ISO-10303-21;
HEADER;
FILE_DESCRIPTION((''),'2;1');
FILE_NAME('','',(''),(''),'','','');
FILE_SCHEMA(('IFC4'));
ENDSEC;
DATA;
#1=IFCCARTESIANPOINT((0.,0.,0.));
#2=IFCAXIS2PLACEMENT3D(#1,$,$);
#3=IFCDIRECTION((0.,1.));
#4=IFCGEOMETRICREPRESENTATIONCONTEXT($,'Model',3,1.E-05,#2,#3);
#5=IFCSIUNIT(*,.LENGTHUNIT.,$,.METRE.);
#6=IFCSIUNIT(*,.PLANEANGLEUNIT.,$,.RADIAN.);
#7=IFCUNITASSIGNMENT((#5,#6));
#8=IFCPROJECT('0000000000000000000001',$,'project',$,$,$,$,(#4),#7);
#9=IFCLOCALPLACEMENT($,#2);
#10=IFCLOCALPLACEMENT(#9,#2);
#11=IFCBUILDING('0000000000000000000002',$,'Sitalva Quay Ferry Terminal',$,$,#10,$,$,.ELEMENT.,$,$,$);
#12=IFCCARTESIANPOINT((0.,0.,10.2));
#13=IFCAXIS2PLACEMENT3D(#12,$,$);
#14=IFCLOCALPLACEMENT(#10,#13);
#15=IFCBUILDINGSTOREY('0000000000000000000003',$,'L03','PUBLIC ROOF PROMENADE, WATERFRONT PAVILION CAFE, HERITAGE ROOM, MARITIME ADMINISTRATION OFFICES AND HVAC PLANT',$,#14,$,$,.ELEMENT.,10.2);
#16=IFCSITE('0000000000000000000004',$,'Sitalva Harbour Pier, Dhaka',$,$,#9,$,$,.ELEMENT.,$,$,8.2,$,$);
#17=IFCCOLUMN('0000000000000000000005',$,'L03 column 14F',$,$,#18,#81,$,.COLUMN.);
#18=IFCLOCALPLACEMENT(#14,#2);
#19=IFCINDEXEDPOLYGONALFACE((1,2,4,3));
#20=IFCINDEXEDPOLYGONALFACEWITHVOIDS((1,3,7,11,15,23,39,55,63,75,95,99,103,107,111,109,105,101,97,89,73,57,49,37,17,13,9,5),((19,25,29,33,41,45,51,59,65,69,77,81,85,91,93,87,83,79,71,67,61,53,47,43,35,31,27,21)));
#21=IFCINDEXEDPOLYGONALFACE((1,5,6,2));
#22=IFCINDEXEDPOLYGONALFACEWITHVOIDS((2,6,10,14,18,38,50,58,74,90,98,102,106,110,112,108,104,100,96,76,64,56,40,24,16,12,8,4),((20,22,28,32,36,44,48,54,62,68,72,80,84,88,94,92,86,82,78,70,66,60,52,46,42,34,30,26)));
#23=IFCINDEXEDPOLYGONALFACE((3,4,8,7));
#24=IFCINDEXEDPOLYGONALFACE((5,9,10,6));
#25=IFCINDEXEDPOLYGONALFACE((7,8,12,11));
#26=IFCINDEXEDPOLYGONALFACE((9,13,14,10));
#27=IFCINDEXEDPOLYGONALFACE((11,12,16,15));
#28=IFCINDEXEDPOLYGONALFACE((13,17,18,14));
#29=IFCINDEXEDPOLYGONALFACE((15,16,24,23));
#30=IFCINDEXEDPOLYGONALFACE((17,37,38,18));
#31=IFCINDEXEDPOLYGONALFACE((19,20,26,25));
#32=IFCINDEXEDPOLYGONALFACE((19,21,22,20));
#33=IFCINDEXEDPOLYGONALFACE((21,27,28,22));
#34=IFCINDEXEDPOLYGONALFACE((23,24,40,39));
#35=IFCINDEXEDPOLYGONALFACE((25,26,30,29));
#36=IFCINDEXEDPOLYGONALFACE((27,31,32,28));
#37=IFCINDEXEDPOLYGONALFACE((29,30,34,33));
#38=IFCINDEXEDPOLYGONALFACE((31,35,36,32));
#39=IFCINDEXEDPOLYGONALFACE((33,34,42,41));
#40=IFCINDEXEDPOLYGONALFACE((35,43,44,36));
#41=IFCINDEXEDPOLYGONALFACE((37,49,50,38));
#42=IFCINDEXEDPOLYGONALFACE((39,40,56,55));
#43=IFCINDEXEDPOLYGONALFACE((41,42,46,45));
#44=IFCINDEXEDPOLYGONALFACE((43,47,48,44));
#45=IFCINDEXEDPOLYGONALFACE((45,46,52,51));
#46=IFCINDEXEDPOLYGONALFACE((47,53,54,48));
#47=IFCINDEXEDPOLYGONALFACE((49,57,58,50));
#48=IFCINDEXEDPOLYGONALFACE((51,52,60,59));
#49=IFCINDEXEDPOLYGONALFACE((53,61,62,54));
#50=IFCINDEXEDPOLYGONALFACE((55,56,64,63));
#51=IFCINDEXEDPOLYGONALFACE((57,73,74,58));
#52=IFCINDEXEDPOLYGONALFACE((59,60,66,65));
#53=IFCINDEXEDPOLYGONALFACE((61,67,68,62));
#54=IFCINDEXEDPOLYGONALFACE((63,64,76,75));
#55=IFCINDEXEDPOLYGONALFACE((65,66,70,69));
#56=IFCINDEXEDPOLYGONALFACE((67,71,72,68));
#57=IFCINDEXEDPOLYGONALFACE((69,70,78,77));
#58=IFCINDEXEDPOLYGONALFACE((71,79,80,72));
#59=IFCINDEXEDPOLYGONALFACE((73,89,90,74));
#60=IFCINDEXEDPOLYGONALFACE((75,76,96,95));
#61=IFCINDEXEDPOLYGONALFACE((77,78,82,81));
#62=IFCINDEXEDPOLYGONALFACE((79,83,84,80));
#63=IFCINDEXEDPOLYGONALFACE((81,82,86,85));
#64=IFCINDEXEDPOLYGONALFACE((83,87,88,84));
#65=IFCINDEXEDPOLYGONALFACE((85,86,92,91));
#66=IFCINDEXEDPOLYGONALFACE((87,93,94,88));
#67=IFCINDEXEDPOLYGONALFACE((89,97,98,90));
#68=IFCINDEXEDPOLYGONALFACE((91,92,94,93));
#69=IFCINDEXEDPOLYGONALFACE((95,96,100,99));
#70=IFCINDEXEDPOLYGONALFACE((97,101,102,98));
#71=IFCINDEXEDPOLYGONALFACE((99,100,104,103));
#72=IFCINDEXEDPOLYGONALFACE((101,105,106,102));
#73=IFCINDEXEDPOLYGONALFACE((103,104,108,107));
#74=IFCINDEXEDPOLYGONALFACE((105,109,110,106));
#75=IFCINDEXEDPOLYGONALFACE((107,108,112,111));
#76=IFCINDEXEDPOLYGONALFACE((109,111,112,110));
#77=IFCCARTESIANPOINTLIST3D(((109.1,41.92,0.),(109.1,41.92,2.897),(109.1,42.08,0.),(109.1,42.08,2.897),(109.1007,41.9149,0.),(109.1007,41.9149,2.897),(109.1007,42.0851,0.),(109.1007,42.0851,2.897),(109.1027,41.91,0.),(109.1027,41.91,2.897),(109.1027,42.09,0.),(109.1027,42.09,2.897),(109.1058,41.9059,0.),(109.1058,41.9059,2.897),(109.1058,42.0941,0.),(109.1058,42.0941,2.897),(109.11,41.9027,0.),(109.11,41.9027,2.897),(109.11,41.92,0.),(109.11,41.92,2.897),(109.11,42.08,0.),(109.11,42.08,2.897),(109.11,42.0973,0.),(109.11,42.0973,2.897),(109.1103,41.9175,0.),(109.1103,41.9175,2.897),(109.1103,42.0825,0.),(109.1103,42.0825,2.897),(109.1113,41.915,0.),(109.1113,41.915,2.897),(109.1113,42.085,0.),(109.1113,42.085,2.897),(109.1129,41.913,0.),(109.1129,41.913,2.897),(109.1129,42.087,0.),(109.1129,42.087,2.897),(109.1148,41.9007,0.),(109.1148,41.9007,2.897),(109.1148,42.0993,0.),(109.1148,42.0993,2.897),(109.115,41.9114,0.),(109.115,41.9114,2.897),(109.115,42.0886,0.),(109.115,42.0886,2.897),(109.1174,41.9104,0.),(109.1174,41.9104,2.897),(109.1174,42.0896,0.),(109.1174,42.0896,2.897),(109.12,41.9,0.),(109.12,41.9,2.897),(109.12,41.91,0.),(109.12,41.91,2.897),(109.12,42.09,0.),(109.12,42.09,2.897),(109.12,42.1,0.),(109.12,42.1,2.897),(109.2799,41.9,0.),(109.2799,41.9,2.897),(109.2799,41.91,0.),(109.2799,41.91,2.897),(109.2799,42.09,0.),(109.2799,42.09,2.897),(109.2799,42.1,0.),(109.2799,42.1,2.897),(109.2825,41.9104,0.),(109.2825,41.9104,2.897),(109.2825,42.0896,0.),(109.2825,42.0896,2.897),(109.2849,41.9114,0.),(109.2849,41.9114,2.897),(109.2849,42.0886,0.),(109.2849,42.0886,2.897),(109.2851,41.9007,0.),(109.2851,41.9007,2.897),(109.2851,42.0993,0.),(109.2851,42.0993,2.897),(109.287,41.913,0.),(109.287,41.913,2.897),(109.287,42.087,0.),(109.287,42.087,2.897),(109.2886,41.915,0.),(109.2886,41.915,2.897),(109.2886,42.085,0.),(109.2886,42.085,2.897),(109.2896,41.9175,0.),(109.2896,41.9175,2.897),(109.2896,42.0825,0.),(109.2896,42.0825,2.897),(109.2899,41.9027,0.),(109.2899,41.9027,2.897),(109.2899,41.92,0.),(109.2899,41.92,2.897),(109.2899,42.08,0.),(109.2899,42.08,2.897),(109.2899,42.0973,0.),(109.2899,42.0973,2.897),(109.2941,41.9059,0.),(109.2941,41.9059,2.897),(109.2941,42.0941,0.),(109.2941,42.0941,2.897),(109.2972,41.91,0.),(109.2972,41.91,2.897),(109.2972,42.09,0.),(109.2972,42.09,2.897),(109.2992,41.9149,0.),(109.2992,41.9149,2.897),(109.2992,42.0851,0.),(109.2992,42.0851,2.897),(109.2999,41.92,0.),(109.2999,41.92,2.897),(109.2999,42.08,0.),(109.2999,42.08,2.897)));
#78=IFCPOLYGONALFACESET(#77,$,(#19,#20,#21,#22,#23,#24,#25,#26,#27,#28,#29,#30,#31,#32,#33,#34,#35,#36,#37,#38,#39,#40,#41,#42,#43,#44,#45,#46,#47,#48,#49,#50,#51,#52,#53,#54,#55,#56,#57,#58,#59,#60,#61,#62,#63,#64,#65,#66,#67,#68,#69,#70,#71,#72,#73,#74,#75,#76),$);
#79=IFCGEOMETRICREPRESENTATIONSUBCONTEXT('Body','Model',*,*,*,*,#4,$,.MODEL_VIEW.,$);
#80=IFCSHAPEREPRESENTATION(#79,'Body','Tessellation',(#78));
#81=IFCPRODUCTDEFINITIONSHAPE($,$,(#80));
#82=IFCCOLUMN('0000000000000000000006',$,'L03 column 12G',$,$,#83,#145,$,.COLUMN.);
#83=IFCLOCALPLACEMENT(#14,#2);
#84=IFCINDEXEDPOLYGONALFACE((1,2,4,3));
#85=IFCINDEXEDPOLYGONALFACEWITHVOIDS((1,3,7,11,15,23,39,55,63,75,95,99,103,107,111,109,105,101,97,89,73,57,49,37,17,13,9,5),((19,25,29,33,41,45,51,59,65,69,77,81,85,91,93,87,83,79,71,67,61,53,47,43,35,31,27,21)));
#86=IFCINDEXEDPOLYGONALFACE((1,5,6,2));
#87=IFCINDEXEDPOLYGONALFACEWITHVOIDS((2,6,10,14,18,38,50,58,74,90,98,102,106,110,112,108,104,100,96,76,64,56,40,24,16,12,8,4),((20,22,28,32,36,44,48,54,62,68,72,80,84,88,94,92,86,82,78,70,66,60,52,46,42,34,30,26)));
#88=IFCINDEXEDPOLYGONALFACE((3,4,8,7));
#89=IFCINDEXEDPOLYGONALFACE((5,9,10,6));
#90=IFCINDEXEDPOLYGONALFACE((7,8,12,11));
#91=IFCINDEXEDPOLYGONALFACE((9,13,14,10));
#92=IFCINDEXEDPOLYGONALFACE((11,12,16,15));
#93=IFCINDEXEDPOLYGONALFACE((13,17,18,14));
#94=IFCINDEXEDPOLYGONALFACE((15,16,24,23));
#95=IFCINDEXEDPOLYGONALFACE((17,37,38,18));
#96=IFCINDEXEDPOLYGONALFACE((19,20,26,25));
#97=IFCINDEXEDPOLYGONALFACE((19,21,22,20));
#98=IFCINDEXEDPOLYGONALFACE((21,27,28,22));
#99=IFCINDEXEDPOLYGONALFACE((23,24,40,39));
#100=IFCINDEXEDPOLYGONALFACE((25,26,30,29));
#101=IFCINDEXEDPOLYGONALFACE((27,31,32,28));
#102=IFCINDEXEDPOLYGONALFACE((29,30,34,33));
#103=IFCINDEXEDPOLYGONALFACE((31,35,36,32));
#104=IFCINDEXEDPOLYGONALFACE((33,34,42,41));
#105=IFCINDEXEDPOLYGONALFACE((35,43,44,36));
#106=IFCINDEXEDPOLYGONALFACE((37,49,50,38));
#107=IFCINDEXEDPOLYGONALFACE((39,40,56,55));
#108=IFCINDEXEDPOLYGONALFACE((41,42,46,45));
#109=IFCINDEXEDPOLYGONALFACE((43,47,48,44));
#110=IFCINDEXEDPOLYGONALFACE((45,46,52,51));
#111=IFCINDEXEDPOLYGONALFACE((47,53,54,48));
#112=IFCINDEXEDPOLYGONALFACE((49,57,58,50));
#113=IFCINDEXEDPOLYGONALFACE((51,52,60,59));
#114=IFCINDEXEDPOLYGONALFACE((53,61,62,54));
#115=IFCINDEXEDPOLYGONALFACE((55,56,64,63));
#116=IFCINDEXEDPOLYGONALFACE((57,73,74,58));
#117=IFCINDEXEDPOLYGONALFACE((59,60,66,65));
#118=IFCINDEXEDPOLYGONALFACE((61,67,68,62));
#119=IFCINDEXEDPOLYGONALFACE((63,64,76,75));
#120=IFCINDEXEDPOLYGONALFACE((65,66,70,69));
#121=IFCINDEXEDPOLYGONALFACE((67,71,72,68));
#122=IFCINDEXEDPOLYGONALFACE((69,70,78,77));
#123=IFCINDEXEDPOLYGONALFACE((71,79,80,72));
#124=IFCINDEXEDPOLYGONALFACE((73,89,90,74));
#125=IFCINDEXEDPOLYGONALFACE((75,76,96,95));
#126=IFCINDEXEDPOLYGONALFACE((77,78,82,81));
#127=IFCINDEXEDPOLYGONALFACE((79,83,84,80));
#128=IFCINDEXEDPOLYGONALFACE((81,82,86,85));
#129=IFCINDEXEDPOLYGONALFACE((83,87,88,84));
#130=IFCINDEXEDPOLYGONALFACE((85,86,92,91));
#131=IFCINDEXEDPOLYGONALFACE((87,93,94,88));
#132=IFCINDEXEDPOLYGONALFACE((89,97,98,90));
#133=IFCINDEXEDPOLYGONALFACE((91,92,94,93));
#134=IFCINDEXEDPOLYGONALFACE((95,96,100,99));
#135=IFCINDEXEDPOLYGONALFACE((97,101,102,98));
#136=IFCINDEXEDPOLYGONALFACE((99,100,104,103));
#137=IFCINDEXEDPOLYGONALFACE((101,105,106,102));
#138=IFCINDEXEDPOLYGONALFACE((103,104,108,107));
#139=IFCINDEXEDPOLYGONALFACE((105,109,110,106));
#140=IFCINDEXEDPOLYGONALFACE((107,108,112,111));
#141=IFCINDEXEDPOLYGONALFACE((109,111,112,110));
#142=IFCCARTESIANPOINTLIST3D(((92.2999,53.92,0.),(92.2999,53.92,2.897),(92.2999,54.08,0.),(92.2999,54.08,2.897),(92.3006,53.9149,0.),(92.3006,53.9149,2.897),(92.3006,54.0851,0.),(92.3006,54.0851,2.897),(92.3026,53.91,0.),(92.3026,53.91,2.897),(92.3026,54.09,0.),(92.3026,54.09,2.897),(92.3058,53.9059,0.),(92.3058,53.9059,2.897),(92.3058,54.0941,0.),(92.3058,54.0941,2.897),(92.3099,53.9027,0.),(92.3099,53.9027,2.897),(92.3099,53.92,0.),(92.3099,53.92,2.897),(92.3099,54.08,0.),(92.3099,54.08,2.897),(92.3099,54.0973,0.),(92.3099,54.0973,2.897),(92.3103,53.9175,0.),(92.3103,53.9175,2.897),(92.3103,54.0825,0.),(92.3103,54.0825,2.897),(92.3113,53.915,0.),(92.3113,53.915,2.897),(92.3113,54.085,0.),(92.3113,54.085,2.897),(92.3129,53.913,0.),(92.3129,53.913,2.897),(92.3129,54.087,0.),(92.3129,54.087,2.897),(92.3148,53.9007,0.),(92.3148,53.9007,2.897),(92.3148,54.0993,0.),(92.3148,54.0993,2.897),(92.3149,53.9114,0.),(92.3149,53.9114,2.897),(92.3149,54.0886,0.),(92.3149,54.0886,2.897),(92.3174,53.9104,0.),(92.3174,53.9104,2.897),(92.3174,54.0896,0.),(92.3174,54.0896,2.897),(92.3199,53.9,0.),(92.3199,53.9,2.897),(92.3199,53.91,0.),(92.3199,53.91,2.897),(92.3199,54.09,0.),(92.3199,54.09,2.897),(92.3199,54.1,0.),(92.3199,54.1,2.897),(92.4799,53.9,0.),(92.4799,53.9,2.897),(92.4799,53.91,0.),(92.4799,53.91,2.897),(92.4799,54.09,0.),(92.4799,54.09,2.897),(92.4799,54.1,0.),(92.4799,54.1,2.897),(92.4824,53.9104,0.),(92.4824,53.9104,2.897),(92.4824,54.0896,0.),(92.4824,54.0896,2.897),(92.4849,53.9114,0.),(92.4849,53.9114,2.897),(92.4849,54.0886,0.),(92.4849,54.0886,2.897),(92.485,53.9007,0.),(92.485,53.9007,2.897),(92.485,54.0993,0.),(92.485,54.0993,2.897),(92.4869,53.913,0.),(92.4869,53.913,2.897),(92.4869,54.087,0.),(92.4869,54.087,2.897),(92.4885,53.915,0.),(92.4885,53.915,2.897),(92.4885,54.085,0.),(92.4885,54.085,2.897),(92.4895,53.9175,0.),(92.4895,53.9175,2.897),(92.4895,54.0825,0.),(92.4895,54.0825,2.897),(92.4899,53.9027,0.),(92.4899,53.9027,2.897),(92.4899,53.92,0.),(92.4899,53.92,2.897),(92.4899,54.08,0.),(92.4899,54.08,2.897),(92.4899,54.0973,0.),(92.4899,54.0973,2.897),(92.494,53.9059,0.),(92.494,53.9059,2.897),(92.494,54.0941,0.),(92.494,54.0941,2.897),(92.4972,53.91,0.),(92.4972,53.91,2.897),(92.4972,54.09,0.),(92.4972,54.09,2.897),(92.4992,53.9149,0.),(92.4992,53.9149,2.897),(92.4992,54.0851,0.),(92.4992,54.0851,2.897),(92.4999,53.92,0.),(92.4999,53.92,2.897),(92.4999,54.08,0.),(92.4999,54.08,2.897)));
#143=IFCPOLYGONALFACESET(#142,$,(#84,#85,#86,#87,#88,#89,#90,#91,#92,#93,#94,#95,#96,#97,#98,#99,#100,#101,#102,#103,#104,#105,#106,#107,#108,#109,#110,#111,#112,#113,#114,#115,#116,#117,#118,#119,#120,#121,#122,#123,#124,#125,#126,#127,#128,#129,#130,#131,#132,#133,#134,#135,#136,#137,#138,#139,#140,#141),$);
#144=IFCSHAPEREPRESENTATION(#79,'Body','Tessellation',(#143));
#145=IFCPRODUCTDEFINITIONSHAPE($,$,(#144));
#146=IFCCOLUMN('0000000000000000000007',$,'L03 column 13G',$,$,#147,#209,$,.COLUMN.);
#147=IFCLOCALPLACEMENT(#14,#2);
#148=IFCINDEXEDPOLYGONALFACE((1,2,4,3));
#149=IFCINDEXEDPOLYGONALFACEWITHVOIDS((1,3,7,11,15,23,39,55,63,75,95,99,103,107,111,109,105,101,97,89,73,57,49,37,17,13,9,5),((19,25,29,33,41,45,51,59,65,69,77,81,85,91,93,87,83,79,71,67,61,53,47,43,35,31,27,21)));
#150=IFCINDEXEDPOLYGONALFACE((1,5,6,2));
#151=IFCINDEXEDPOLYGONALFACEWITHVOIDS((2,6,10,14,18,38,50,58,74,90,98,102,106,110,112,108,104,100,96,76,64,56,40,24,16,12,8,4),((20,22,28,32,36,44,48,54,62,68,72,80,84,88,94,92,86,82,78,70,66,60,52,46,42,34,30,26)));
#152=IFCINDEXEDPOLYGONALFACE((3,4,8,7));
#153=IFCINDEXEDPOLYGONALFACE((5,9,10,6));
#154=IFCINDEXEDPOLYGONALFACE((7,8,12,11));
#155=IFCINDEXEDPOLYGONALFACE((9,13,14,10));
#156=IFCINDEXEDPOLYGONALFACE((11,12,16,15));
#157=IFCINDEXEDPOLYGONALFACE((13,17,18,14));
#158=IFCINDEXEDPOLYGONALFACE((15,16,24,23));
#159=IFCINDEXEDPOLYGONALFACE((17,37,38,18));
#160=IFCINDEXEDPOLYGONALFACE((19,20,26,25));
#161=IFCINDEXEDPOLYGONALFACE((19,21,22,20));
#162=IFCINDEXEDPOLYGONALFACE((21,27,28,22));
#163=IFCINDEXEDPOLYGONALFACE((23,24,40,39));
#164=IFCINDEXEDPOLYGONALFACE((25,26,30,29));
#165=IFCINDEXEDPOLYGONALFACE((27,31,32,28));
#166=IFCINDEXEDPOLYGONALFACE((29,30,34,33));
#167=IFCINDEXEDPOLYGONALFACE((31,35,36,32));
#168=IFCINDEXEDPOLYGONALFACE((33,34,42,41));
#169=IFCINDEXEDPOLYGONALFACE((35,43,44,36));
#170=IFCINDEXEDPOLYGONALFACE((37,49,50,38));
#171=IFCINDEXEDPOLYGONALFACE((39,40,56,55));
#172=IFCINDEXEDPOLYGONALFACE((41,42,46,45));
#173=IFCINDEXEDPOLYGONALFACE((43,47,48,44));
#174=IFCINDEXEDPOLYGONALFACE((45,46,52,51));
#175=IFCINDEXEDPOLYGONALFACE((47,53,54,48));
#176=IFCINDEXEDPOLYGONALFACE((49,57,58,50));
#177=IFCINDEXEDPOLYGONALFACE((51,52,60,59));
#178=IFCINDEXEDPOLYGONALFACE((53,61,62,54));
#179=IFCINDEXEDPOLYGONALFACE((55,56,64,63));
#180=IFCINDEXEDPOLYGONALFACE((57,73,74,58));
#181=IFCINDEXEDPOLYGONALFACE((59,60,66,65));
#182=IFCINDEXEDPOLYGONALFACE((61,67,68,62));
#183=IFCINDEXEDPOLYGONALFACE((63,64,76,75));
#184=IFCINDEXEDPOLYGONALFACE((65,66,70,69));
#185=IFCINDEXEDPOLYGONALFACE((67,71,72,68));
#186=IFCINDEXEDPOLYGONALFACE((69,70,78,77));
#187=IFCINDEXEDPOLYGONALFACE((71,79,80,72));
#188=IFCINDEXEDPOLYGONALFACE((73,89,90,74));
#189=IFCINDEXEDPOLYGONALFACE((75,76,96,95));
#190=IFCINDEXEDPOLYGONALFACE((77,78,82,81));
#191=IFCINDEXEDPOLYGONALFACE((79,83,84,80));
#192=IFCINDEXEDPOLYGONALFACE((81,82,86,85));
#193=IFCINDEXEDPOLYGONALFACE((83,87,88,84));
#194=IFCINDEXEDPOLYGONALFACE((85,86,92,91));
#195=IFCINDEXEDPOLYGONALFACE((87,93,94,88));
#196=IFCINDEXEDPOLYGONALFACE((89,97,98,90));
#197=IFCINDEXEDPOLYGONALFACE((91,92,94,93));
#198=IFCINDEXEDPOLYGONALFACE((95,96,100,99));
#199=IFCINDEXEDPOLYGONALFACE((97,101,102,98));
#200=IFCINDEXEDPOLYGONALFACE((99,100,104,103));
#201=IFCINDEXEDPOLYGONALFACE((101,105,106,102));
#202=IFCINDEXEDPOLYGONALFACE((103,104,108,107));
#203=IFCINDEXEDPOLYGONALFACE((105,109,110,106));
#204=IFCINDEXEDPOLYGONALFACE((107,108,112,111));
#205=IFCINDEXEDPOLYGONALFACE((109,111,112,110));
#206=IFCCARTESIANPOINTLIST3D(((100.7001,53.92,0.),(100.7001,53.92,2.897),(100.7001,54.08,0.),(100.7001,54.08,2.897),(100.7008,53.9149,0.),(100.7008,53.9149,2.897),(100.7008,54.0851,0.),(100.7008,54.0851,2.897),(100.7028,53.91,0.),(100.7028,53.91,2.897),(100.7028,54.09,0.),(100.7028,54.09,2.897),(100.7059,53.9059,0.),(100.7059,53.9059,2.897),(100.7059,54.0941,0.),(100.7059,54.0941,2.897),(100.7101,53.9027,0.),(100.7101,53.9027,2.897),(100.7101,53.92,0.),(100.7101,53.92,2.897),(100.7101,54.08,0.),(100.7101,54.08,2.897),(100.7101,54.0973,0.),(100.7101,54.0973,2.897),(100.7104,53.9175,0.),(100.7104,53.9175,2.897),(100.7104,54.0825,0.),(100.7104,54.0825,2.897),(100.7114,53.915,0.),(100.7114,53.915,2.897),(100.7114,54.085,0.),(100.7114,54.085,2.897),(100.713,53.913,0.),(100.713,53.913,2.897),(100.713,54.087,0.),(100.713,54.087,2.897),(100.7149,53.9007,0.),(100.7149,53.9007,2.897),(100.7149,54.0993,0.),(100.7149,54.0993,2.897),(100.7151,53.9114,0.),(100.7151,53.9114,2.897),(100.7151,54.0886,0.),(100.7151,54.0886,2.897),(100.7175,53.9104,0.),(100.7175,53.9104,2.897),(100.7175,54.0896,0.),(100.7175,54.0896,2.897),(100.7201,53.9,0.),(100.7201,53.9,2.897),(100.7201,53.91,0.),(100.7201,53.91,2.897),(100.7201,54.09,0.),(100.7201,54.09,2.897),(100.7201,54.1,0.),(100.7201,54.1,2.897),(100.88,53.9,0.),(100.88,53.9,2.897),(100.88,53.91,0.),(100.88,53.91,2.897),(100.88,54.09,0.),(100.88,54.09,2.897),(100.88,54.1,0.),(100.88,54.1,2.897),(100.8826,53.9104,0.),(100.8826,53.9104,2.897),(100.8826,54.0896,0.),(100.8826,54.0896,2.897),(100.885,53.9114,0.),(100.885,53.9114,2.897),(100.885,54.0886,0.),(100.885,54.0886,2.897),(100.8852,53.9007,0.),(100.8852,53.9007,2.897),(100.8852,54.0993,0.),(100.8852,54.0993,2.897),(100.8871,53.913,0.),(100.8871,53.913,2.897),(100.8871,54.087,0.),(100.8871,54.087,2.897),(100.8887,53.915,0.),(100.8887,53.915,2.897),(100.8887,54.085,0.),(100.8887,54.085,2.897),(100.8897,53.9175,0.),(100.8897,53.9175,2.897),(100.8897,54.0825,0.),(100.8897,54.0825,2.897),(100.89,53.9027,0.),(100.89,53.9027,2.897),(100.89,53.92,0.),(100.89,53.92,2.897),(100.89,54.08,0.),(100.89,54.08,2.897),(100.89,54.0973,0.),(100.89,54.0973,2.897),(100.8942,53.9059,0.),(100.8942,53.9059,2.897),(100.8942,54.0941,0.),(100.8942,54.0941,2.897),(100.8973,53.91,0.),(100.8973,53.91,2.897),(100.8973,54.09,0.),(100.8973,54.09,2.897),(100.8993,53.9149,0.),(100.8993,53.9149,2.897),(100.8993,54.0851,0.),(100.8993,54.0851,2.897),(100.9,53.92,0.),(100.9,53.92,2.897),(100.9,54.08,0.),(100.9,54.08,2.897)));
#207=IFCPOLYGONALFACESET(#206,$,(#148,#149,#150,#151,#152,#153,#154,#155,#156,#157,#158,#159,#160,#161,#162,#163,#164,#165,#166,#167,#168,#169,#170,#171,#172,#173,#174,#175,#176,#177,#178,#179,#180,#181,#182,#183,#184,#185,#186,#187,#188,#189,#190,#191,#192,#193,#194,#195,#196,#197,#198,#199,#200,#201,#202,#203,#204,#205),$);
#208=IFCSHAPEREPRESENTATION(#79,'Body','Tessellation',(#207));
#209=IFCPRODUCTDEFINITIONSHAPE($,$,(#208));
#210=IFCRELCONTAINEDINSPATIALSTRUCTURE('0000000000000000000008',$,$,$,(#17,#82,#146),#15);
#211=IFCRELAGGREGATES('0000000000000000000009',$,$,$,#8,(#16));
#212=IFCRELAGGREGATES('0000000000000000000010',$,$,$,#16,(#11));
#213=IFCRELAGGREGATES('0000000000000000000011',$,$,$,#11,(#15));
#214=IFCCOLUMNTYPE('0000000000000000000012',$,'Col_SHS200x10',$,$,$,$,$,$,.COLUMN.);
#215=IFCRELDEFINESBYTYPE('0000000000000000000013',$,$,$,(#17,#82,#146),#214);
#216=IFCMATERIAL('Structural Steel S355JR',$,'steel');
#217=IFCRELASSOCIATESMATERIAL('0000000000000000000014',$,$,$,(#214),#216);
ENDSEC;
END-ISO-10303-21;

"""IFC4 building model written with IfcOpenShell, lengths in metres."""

from ifc_helpers import new_model, si_unit, direction, frame, origin, origin_2d, place, context, subcontext, project, spatial, hollow_rectangle, extrude, material, material_profile, profile_set, type_object, element, save


model = new_model("IFC4")

# Units and contexts
model_context = context("Model", 3, precision=1e-05, world=origin(), true_north=direction((0.0, 1.0)))
body_context = subcontext(model_context, "Body", "Model", "MODEL_VIEW")
ifc_project = project(units=[si_unit("LENGTHUNIT", "METRE"), si_unit("PLANEANGLEUNIT", "RADIAN")], contexts=[model_context])

# Site, building, storey
site_placement = place(None, origin())
site = spatial("IfcSite", under=ifc_project, at=site_placement, Name="Sitalva Harbour Pier, Dhaka", CompositionType="ELEMENT", RefElevation=8.2)
building_placement = place(site_placement, origin())
building = spatial("IfcBuilding", under=site, at=building_placement, Name="Sitalva Quay Ferry Terminal", CompositionType="ELEMENT")
storey_placement = place(building_placement, frame((0.0, 0.0, 10.2)))
storey = spatial("IfcBuildingStorey", under=building, at=storey_placement, Name="L03", Description="PUBLIC ROOF PROMENADE, WATERFRONT PAVILION CAFE, HERITAGE ROOM, MARITIME ADMINISTRATION OFFICES AND HVAC PLANT", CompositionType="ELEMENT", Elevation=10.2)

# Columns
ifc_material_1 = material(Name="Structural Steel S355JR", Category="steel")
ifc_material_profile_1 = material_profile(ifc_material_1, hollow_rectangle(XDim=0.2, YDim=0.2, WallThickness=0.01, InnerFilletRadius=0.01, OuterFilletRadius=0.02, at=origin_2d()), Name="SHS200x200x10")
ifc_profile_set_1 = profile_set([ifc_material_profile_1], Name="Structural Steel S355JR")
column_type = type_object("IfcColumnType", Name="Col_SHS200x10", PredefinedType="COLUMN", material=ifc_profile_set_1)
for number, where, z_axis, x_axis, name in (
    (1, (109.2, 42.0, 0.0), (0.0, 0.0, 1.0), (1.0, 0.0, 0.0), "L03 column 14F"),
    (2, (92.3999, 54.0, 0.0), (0.0, 0.0, 1.0), (1.0, 0.0, 0.0), "L03 column 12G"),
    (3, (100.8, 54.0, 0.0), (0.0, 0.0, 1.0), (1.0, 0.0, 0.0), "L03 column 13G"),
):
    element("IfcColumn", number, at=place(storey_placement, frame(where, z_axis=z_axis, x_axis=x_axis)), inside=storey, type_object=column_type, Name=name, PredefinedType="COLUMN", context=body_context, shape_type="SweptSolid", body=[
        extrude(hollow_rectangle(XDim=0.2, YDim=0.2, WallThickness=0.01, InnerFilletRadius=0.01, OuterFilletRadius=0.02, at=origin_2d()), origin(), (0.0, 0.0, 1.0), 2.897),
    ])

save(model, "model.ifc")
